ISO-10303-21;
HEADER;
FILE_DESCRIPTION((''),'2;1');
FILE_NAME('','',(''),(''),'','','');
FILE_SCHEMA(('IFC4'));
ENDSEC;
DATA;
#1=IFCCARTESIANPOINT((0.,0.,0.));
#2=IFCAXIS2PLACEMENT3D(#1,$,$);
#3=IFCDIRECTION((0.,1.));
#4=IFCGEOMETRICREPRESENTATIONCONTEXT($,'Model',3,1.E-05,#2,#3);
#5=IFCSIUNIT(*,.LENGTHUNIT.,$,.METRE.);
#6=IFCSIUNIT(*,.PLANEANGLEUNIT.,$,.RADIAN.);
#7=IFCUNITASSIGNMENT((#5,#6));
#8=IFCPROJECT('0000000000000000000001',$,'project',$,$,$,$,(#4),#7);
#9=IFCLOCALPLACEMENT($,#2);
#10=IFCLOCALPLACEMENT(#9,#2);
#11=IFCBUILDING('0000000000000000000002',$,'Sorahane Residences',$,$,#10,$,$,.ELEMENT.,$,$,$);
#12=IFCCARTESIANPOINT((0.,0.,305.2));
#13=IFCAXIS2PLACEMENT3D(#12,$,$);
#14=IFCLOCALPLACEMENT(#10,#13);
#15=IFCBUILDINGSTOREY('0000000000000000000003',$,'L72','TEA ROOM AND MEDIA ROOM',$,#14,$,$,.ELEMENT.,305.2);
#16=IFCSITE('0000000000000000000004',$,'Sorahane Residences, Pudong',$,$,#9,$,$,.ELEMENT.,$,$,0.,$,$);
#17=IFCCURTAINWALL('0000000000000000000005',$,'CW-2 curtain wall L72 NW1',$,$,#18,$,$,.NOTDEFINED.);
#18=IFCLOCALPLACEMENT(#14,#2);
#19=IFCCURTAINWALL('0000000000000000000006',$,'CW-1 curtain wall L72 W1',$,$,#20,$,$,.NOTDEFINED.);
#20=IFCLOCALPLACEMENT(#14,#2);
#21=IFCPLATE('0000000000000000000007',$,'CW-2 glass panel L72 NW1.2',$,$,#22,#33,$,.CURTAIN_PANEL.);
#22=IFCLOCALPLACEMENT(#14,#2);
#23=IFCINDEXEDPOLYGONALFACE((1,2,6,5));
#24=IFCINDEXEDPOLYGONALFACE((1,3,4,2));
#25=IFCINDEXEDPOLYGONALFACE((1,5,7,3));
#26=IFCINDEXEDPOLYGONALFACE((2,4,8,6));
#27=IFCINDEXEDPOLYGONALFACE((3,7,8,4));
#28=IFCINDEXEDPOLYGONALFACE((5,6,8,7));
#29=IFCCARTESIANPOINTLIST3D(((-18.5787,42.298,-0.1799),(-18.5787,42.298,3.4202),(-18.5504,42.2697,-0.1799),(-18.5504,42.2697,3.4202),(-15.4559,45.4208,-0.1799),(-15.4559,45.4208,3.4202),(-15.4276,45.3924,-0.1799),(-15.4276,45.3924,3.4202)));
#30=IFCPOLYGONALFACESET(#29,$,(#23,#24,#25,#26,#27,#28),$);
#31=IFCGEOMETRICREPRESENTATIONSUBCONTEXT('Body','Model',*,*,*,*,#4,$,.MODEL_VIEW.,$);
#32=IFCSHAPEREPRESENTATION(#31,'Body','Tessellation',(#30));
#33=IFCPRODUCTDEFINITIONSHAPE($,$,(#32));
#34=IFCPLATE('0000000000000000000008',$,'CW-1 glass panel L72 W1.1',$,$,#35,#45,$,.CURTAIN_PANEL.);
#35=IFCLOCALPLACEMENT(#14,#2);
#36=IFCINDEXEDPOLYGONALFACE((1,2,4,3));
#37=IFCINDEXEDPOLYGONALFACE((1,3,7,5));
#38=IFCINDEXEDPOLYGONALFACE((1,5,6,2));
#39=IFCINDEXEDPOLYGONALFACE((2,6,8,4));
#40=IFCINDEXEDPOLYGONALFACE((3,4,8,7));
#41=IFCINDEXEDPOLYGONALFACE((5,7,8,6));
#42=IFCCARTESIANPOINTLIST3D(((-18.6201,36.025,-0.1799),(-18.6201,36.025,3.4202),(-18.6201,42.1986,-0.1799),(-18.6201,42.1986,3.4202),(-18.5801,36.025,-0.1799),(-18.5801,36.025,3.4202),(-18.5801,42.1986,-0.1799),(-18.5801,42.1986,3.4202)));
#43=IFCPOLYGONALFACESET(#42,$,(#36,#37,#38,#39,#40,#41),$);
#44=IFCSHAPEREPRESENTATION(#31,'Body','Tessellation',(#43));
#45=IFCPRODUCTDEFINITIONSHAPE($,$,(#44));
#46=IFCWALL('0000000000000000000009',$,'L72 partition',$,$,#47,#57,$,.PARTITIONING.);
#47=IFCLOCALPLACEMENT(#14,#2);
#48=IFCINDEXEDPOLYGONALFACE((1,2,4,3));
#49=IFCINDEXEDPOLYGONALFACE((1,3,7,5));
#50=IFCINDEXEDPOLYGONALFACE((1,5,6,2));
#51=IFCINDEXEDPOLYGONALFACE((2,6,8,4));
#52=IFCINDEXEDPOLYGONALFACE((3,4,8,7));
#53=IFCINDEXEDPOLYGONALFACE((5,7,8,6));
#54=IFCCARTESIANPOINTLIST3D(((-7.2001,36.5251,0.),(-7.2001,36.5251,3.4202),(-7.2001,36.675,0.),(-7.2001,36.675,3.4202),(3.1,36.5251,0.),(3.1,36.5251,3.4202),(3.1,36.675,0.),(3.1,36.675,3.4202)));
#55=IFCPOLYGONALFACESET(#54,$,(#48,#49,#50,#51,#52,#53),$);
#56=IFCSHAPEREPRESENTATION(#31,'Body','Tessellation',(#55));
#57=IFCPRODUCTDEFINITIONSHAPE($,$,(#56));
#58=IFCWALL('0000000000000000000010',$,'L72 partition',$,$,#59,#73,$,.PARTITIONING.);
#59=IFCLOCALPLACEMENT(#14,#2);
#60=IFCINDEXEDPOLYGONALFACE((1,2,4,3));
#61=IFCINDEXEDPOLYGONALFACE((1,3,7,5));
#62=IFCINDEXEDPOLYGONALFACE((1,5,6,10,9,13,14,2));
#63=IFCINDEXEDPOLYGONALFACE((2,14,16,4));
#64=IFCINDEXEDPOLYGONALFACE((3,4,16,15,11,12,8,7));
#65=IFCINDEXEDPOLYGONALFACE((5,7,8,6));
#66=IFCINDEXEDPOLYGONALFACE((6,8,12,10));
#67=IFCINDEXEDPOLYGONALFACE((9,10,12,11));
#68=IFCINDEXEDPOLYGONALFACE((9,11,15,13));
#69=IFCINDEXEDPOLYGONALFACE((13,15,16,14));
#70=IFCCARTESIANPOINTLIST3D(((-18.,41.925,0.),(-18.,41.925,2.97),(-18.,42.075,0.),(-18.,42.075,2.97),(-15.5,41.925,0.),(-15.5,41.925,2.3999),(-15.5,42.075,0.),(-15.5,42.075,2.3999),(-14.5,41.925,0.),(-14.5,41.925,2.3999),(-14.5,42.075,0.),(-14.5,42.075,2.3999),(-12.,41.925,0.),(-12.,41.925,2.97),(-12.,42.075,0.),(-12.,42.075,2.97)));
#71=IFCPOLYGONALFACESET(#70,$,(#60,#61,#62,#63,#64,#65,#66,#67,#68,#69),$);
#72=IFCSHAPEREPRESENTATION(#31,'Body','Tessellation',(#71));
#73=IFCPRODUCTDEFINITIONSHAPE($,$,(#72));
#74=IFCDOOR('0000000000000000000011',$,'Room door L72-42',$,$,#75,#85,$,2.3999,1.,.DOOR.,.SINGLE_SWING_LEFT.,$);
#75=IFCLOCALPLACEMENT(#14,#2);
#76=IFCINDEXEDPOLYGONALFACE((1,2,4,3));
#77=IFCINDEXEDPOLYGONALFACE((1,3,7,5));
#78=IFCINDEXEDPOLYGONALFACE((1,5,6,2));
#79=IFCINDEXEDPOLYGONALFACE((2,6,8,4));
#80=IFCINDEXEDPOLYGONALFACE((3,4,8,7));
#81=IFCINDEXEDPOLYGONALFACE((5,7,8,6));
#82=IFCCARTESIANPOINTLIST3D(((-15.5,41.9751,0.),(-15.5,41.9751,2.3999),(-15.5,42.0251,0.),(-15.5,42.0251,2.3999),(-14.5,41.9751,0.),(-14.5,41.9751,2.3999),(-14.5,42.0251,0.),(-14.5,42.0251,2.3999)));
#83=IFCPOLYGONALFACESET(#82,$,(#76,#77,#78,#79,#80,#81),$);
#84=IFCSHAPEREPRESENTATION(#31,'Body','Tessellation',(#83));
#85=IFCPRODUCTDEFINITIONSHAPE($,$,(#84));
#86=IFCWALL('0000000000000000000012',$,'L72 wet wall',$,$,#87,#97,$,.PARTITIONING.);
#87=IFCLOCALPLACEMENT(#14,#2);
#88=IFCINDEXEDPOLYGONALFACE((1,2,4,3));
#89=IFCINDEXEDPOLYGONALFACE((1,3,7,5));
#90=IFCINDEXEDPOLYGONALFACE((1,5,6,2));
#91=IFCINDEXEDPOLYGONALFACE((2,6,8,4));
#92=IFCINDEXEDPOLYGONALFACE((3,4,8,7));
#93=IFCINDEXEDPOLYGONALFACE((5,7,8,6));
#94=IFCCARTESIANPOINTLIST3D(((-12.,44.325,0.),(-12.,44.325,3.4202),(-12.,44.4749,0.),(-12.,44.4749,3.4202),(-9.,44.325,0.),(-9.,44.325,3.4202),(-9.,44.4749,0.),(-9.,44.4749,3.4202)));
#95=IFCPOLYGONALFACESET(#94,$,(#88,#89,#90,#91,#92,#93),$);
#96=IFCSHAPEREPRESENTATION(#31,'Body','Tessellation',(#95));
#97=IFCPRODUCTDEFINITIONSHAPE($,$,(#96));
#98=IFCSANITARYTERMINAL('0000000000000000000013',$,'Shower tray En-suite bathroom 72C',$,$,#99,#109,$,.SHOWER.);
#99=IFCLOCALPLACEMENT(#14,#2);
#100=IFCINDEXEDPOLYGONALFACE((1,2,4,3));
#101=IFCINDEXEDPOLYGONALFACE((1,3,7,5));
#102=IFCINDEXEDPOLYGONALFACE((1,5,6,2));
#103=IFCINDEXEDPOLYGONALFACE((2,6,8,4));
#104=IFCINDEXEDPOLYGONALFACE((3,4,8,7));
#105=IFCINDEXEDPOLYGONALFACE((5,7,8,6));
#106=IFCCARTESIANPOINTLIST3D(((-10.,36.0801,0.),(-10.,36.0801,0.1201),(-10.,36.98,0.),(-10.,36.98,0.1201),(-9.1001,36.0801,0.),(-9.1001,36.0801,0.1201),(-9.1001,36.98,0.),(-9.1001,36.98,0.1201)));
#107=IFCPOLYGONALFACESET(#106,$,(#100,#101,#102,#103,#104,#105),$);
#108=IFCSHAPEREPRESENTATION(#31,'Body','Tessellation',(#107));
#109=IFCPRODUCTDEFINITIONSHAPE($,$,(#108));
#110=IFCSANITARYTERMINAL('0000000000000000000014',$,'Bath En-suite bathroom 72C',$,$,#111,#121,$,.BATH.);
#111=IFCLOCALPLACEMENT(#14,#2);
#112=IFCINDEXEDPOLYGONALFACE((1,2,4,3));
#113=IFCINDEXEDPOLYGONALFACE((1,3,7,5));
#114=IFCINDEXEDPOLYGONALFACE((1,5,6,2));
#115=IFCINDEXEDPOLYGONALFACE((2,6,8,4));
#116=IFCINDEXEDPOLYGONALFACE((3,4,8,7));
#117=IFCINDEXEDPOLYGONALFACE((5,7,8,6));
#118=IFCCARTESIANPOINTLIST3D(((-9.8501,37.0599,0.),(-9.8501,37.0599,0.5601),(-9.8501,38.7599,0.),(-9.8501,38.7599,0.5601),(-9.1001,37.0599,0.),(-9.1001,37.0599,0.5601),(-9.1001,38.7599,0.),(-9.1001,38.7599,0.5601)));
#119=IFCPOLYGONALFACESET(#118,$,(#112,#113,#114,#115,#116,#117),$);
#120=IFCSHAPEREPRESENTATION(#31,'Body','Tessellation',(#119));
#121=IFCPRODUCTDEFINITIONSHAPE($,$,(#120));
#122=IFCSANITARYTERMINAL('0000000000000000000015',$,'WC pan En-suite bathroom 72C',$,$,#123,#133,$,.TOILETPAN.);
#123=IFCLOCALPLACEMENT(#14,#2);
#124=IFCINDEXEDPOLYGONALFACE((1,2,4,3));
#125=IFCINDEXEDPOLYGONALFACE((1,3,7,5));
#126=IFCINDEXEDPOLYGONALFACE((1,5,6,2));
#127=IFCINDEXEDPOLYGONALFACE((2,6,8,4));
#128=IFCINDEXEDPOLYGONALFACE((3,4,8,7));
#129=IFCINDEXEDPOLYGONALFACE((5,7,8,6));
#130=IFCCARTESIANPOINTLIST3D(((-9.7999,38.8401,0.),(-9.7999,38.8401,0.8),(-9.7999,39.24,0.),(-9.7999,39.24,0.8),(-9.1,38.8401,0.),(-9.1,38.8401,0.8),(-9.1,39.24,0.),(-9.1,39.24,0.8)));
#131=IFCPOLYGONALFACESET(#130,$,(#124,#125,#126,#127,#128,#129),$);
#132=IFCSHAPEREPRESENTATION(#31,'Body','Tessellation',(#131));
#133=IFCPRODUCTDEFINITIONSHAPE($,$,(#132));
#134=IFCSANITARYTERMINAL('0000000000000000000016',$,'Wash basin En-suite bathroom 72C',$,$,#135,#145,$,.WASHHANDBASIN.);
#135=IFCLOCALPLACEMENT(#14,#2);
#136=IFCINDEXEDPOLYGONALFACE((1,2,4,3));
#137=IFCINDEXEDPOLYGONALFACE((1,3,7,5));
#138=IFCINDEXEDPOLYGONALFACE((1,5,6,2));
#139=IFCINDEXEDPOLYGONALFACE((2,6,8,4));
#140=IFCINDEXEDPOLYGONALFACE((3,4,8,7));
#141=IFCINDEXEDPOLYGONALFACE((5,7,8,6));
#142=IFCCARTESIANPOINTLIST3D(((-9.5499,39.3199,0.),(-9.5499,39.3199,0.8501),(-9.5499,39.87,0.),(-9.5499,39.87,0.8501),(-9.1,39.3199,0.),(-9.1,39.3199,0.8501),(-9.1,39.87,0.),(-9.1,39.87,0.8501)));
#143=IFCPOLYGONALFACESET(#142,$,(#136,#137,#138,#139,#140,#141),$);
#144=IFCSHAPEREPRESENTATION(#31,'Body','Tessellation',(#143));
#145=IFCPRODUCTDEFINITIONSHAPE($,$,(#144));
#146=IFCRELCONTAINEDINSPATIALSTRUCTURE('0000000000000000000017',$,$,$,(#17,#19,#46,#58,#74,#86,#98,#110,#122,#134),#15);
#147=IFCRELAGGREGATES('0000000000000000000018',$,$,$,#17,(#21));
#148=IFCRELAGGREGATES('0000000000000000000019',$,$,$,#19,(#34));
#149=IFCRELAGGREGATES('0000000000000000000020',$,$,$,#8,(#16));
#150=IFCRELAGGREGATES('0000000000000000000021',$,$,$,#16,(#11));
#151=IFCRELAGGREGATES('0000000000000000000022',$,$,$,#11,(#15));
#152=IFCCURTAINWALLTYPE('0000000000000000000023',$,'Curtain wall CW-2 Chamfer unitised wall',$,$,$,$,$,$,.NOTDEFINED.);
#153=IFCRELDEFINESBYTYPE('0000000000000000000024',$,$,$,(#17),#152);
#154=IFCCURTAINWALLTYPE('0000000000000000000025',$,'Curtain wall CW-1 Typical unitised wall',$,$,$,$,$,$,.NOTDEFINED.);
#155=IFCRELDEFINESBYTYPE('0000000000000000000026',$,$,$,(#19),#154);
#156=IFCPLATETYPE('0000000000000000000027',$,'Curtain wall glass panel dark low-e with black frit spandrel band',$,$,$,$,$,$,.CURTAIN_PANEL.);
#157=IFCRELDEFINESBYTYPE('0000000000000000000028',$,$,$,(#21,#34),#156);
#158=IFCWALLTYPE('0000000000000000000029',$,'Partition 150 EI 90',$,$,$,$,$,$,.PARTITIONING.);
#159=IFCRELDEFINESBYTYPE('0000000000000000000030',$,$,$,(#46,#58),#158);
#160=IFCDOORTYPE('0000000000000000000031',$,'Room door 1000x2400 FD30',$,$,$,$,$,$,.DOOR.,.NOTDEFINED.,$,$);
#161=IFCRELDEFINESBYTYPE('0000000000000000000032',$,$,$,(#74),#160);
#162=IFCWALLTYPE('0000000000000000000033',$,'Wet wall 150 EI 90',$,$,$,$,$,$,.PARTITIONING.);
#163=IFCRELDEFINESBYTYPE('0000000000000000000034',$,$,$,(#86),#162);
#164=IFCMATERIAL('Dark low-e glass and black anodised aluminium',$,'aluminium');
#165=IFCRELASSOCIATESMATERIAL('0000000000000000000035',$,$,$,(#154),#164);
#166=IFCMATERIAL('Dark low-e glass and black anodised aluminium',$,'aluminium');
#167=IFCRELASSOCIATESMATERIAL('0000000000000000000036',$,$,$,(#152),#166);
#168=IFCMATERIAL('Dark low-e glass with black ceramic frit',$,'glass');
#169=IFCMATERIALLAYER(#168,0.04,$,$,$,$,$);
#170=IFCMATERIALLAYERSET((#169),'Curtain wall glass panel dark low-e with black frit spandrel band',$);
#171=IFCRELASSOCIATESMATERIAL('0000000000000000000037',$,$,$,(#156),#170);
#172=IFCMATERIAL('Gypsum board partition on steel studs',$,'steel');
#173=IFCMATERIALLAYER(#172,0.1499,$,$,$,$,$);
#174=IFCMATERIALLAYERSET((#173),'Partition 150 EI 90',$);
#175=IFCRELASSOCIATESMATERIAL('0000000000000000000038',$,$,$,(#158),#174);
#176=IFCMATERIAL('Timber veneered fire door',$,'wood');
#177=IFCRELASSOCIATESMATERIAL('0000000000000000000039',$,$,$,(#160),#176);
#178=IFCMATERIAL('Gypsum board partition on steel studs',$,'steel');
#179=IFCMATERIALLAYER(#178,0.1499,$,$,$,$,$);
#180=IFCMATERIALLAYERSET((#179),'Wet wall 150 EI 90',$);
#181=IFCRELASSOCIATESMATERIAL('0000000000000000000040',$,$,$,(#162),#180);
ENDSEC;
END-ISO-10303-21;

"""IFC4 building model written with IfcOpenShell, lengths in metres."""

from ifc_helpers import new_model, si_unit, direction, frame, frame_2d, origin, origin_2d, place, context, subcontext, project, spatial, rectangle, extrude, material, layer, layer_set, type_object, element, fill, aggregate, save


model = new_model("IFC4")

# Units and contexts
model_context = context("Model", 3, precision=1e-05, world=origin(), true_north=direction((0.0, 1.0)))
body_context = subcontext(model_context, "Body", "Model", "MODEL_VIEW")
ifc_project = project(units=[si_unit("LENGTHUNIT", "METRE"), si_unit("PLANEANGLEUNIT", "RADIAN")], contexts=[model_context])

# Site, building, storey
site_placement = place(None, origin())
site = spatial("IfcSite", under=ifc_project, at=site_placement, Name="Sorahane Residences, Pudong", CompositionType="ELEMENT", RefElevation=0.0)
building_placement = place(site_placement, origin())
building = spatial("IfcBuilding", under=site, at=building_placement, Name="Sorahane Residences", CompositionType="ELEMENT")
storey_placement = place(building_placement, frame((0.0, 0.0, 305.2)))
storey = spatial("IfcBuildingStorey", under=building, at=storey_placement, Name="L72", Description="TEA ROOM AND MEDIA ROOM", CompositionType="ELEMENT", Elevation=305.2)

# Curtain wall
ifc_material_1 = material(Name="Dark low-e glass and black anodised aluminium", Category="aluminium")
curtain_wall_type_1 = type_object("IfcCurtainWallType", Name="Curtain wall CW-1 Typical unitised wall", PredefinedType="NOTDEFINED", material=ifc_material_1)
ifc_material_2 = material(Name="Dark low-e glass and black anodised aluminium", Category="aluminium")
curtain_wall_type_2 = type_object("IfcCurtainWallType", Name="Curtain wall CW-2 Chamfer unitised wall", PredefinedType="NOTDEFINED", material=ifc_material_2)
curtain_wall_1_placement = place(storey_placement, origin())
curtain_wall_1 = element("IfcCurtainWall", 1, at=curtain_wall_1_placement, inside=storey, type_object=curtain_wall_type_2, Name="CW-2 curtain wall L72 NW1", PredefinedType="NOTDEFINED")

# Curtain wall
curtain_wall_2_placement = place(storey_placement, origin())
curtain_wall_2 = element("IfcCurtainWall", 2, at=curtain_wall_2_placement, inside=storey, type_object=curtain_wall_type_1, Name="CW-1 curtain wall L72 W1", PredefinedType="NOTDEFINED")

# Plates
ifc_material_3 = material(Name="Dark low-e glass with black ceramic frit", Category="glass")
ifc_layer_1 = layer(ifc_material_3, 0.04)
ifc_layer_set_1 = layer_set([ifc_layer_1], Name="Curtain wall glass panel dark low-e with black frit spandrel band")
plate_type = type_object("IfcPlateType", Name="Curtain wall glass panel dark low-e with black frit spandrel band", PredefinedType="CURTAIN_PANEL", material=ifc_layer_set_1)
plate_1_placement = place(storey_placement, frame((-17.0032, 43.8452, -0.1799), z_axis=(0.0, 0.0, 1.0), x_axis=(-0.707107, -0.707107, 0.0)))
plate_1 = element("IfcPlate", 3, at=plate_1_placement, type_object=plate_type, Name="CW-2 glass panel L72 NW1.2", PredefinedType="CURTAIN_PANEL", context=body_context, shape_type="SweptSolid", body=[
    extrude(rectangle(XDim=4.4163, YDim=0.04, at=origin_2d()), origin(), (0.0, 0.0, 1.0), 3.6001),
])
aggregate(curtain_wall_1, [plate_1])
plate_2_placement = place(storey_placement, frame((-18.6001, 39.1118, -0.1799), z_axis=(0.0, 0.0, 1.0), x_axis=(0.0, -1.0, 0.0)))
plate_2 = element("IfcPlate", 4, at=plate_2_placement, type_object=plate_type, Name="CW-1 glass panel L72 W1.1", PredefinedType="CURTAIN_PANEL", context=body_context, shape_type="SweptSolid", body=[
    extrude(rectangle(XDim=6.1736, YDim=0.04, at=origin_2d()), origin(), (0.0, 0.0, 1.0), 3.6001),
])
aggregate(curtain_wall_2, [plate_2])

# Shared definitions
ifc_material_4 = material(Name="Gypsum board partition on steel studs", Category="steel")
ifc_layer_2 = layer(ifc_material_4, 0.1499)
ifc_layer_set_2 = layer_set([ifc_layer_2], Name="Partition 150 EI 90")
wall_type_1 = type_object("IfcWallType", Name="Partition 150 EI 90", PredefinedType="PARTITIONING", material=ifc_layer_set_2)
ifc_material_5 = material(Name="Timber veneered fire door", Category="wood")
door_type = type_object("IfcDoorType", Name="Room door 1000x2400 FD30", OperationType="NOTDEFINED", PredefinedType="DOOR", material=ifc_material_5)

# Wall
wall_1_placement = place(storey_placement, frame((-7.2, 36.6001, 0.0), z_axis=(0.0, 0.0, 1.0), x_axis=(1.0, 0.0, 0.0)))
element("IfcWall", 5, at=wall_1_placement, inside=storey, type_object=wall_type_1, Name="L72 partition", PredefinedType="PARTITIONING", context=body_context, shape_type="SweptSolid", body=[
    extrude(rectangle(XDim=10.3, YDim=0.1499, at=frame_2d((5.1499, 0.0))), origin(), (0.0, 0.0, 1.0), 3.4202),
])

# Wall, opening, door
wall_2_placement = place(storey_placement, frame((-18.0, 42.0, 0.0), z_axis=(0.0, 0.0, 1.0), x_axis=(1.0, 0.0, 0.0)))
wall_2 = element("IfcWall", 6, at=wall_2_placement, inside=storey, type_object=wall_type_1, Name="L72 partition", PredefinedType="PARTITIONING", context=body_context, shape_type="SweptSolid", body=[
    extrude(rectangle(XDim=6.0, YDim=0.1499, at=frame_2d((3.0, 0.0))), origin(), (0.0, 0.0, 1.0), 2.97),
])
opening_1_placement = place(wall_2_placement, frame((2.5, 0.0, 0.0)))
opening_1 = element("IfcOpeningElement", 7, at=opening_1_placement, cuts=wall_2, PredefinedType="OPENING", context=body_context, shape_type="SweptSolid", body=[
    extrude(rectangle(XDim=1.0, YDim=2.3999, at=frame_2d((0.5, 1.2))), frame((0.0, 0.085, 0.0), z_axis=(0.0, -1.0, 0.0), x_axis=(1.0, 0.0, 0.0)), (0.0, 0.0, 1.0), 0.1699),
])
door_1_placement = place(opening_1_placement, frame((1.0, 0.0, 0.0), z_axis=(0.0, 0.0, 1.0), x_axis=(-1.0, 0.0, 0.0)))
door_1 = element("IfcDoor", 8, at=door_1_placement, inside=storey, type_object=door_type, Name="Room door L72-42", OperationType="SINGLE_SWING_LEFT", OverallHeight=2.3999, OverallWidth=1.0, PredefinedType="DOOR", context=body_context, shape_type="SweptSolid", body=[
    extrude(rectangle(XDim=1.0, YDim=2.3999, at=frame_2d((0.5, 1.2))), frame((0.0, 0.0249, 0.0), z_axis=(0.0, -1.0, 0.0), x_axis=(1.0, 0.0, 0.0)), (0.0, 0.0, 1.0), 0.05),
])
fill(opening_1, door_1)

# Wall
ifc_material_6 = material(Name="Gypsum board partition on steel studs", Category="steel")
ifc_layer_3 = layer(ifc_material_6, 0.1499)
ifc_layer_set_3 = layer_set([ifc_layer_3], Name="Wet wall 150 EI 90")
wall_type_2 = type_object("IfcWallType", Name="Wet wall 150 EI 90", PredefinedType="PARTITIONING", material=ifc_layer_set_3)
wall_3_placement = place(storey_placement, frame((-12.0, 44.3999, 0.0), z_axis=(0.0, 0.0, 1.0), x_axis=(1.0, 0.0, 0.0)))
element("IfcWall", 9, at=wall_3_placement, inside=storey, type_object=wall_type_2, Name="L72 wet wall", PredefinedType="PARTITIONING", context=body_context, shape_type="SweptSolid", body=[
    extrude(rectangle(XDim=3.0, YDim=0.1499, at=frame_2d((1.5, 0.0))), origin(), (0.0, 0.0, 1.0), 3.4202),
])

# Sanitary terminals
sanitary_terminal_1_placement = place(storey_placement, frame((-9.55, 36.53, 0.0), z_axis=(0.0, 0.0, 1.0), x_axis=(0.0, -1.0, 0.0)))
element("IfcSanitaryTerminal", 10, at=sanitary_terminal_1_placement, inside=storey, Name="Shower tray En-suite bathroom 72C", PredefinedType="SHOWER", context=body_context, shape_type="SweptSolid", body=[
    extrude(rectangle(XDim=0.8999, YDim=0.8999, at=origin_2d()), origin(), (0.0, 0.0, 1.0), 0.1201),
])
sanitary_terminal_2_placement = place(storey_placement, frame((-9.4751, 37.9099, 0.0), z_axis=(0.0, 0.0, 1.0), x_axis=(0.0, -1.0, 0.0)))
element("IfcSanitaryTerminal", 11, at=sanitary_terminal_2_placement, inside=storey, Name="Bath En-suite bathroom 72C", PredefinedType="BATH", context=body_context, shape_type="SweptSolid", body=[
    extrude(rectangle(XDim=1.7, YDim=0.75, at=origin_2d()), origin(), (0.0, 0.0, 1.0), 0.5601),
])
sanitary_terminal_3_placement = place(storey_placement, frame((-9.45, 39.04, 0.0), z_axis=(0.0, 0.0, 1.0), x_axis=(0.0, -1.0, 0.0)))
element("IfcSanitaryTerminal", 12, at=sanitary_terminal_3_placement, inside=storey, Name="WC pan En-suite bathroom 72C", PredefinedType="TOILETPAN", context=body_context, shape_type="SweptSolid", body=[
    extrude(rectangle(XDim=0.3999, YDim=0.7, at=origin_2d()), origin(), (0.0, 0.0, 1.0), 0.8),
])
sanitary_terminal_4_placement = place(storey_placement, frame((-9.325, 39.595, 0.0), z_axis=(0.0, 0.0, 1.0), x_axis=(0.0, -1.0, 0.0)))
element("IfcSanitaryTerminal", 13, at=sanitary_terminal_4_placement, inside=storey, Name="Wash basin En-suite bathroom 72C", PredefinedType="WASHHANDBASIN", context=body_context, shape_type="SweptSolid", body=[
    extrude(rectangle(XDim=0.55, YDim=0.45, at=origin_2d()), origin(), (0.0, 0.0, 1.0), 0.8501),
])

save(model, "model.ifc")
